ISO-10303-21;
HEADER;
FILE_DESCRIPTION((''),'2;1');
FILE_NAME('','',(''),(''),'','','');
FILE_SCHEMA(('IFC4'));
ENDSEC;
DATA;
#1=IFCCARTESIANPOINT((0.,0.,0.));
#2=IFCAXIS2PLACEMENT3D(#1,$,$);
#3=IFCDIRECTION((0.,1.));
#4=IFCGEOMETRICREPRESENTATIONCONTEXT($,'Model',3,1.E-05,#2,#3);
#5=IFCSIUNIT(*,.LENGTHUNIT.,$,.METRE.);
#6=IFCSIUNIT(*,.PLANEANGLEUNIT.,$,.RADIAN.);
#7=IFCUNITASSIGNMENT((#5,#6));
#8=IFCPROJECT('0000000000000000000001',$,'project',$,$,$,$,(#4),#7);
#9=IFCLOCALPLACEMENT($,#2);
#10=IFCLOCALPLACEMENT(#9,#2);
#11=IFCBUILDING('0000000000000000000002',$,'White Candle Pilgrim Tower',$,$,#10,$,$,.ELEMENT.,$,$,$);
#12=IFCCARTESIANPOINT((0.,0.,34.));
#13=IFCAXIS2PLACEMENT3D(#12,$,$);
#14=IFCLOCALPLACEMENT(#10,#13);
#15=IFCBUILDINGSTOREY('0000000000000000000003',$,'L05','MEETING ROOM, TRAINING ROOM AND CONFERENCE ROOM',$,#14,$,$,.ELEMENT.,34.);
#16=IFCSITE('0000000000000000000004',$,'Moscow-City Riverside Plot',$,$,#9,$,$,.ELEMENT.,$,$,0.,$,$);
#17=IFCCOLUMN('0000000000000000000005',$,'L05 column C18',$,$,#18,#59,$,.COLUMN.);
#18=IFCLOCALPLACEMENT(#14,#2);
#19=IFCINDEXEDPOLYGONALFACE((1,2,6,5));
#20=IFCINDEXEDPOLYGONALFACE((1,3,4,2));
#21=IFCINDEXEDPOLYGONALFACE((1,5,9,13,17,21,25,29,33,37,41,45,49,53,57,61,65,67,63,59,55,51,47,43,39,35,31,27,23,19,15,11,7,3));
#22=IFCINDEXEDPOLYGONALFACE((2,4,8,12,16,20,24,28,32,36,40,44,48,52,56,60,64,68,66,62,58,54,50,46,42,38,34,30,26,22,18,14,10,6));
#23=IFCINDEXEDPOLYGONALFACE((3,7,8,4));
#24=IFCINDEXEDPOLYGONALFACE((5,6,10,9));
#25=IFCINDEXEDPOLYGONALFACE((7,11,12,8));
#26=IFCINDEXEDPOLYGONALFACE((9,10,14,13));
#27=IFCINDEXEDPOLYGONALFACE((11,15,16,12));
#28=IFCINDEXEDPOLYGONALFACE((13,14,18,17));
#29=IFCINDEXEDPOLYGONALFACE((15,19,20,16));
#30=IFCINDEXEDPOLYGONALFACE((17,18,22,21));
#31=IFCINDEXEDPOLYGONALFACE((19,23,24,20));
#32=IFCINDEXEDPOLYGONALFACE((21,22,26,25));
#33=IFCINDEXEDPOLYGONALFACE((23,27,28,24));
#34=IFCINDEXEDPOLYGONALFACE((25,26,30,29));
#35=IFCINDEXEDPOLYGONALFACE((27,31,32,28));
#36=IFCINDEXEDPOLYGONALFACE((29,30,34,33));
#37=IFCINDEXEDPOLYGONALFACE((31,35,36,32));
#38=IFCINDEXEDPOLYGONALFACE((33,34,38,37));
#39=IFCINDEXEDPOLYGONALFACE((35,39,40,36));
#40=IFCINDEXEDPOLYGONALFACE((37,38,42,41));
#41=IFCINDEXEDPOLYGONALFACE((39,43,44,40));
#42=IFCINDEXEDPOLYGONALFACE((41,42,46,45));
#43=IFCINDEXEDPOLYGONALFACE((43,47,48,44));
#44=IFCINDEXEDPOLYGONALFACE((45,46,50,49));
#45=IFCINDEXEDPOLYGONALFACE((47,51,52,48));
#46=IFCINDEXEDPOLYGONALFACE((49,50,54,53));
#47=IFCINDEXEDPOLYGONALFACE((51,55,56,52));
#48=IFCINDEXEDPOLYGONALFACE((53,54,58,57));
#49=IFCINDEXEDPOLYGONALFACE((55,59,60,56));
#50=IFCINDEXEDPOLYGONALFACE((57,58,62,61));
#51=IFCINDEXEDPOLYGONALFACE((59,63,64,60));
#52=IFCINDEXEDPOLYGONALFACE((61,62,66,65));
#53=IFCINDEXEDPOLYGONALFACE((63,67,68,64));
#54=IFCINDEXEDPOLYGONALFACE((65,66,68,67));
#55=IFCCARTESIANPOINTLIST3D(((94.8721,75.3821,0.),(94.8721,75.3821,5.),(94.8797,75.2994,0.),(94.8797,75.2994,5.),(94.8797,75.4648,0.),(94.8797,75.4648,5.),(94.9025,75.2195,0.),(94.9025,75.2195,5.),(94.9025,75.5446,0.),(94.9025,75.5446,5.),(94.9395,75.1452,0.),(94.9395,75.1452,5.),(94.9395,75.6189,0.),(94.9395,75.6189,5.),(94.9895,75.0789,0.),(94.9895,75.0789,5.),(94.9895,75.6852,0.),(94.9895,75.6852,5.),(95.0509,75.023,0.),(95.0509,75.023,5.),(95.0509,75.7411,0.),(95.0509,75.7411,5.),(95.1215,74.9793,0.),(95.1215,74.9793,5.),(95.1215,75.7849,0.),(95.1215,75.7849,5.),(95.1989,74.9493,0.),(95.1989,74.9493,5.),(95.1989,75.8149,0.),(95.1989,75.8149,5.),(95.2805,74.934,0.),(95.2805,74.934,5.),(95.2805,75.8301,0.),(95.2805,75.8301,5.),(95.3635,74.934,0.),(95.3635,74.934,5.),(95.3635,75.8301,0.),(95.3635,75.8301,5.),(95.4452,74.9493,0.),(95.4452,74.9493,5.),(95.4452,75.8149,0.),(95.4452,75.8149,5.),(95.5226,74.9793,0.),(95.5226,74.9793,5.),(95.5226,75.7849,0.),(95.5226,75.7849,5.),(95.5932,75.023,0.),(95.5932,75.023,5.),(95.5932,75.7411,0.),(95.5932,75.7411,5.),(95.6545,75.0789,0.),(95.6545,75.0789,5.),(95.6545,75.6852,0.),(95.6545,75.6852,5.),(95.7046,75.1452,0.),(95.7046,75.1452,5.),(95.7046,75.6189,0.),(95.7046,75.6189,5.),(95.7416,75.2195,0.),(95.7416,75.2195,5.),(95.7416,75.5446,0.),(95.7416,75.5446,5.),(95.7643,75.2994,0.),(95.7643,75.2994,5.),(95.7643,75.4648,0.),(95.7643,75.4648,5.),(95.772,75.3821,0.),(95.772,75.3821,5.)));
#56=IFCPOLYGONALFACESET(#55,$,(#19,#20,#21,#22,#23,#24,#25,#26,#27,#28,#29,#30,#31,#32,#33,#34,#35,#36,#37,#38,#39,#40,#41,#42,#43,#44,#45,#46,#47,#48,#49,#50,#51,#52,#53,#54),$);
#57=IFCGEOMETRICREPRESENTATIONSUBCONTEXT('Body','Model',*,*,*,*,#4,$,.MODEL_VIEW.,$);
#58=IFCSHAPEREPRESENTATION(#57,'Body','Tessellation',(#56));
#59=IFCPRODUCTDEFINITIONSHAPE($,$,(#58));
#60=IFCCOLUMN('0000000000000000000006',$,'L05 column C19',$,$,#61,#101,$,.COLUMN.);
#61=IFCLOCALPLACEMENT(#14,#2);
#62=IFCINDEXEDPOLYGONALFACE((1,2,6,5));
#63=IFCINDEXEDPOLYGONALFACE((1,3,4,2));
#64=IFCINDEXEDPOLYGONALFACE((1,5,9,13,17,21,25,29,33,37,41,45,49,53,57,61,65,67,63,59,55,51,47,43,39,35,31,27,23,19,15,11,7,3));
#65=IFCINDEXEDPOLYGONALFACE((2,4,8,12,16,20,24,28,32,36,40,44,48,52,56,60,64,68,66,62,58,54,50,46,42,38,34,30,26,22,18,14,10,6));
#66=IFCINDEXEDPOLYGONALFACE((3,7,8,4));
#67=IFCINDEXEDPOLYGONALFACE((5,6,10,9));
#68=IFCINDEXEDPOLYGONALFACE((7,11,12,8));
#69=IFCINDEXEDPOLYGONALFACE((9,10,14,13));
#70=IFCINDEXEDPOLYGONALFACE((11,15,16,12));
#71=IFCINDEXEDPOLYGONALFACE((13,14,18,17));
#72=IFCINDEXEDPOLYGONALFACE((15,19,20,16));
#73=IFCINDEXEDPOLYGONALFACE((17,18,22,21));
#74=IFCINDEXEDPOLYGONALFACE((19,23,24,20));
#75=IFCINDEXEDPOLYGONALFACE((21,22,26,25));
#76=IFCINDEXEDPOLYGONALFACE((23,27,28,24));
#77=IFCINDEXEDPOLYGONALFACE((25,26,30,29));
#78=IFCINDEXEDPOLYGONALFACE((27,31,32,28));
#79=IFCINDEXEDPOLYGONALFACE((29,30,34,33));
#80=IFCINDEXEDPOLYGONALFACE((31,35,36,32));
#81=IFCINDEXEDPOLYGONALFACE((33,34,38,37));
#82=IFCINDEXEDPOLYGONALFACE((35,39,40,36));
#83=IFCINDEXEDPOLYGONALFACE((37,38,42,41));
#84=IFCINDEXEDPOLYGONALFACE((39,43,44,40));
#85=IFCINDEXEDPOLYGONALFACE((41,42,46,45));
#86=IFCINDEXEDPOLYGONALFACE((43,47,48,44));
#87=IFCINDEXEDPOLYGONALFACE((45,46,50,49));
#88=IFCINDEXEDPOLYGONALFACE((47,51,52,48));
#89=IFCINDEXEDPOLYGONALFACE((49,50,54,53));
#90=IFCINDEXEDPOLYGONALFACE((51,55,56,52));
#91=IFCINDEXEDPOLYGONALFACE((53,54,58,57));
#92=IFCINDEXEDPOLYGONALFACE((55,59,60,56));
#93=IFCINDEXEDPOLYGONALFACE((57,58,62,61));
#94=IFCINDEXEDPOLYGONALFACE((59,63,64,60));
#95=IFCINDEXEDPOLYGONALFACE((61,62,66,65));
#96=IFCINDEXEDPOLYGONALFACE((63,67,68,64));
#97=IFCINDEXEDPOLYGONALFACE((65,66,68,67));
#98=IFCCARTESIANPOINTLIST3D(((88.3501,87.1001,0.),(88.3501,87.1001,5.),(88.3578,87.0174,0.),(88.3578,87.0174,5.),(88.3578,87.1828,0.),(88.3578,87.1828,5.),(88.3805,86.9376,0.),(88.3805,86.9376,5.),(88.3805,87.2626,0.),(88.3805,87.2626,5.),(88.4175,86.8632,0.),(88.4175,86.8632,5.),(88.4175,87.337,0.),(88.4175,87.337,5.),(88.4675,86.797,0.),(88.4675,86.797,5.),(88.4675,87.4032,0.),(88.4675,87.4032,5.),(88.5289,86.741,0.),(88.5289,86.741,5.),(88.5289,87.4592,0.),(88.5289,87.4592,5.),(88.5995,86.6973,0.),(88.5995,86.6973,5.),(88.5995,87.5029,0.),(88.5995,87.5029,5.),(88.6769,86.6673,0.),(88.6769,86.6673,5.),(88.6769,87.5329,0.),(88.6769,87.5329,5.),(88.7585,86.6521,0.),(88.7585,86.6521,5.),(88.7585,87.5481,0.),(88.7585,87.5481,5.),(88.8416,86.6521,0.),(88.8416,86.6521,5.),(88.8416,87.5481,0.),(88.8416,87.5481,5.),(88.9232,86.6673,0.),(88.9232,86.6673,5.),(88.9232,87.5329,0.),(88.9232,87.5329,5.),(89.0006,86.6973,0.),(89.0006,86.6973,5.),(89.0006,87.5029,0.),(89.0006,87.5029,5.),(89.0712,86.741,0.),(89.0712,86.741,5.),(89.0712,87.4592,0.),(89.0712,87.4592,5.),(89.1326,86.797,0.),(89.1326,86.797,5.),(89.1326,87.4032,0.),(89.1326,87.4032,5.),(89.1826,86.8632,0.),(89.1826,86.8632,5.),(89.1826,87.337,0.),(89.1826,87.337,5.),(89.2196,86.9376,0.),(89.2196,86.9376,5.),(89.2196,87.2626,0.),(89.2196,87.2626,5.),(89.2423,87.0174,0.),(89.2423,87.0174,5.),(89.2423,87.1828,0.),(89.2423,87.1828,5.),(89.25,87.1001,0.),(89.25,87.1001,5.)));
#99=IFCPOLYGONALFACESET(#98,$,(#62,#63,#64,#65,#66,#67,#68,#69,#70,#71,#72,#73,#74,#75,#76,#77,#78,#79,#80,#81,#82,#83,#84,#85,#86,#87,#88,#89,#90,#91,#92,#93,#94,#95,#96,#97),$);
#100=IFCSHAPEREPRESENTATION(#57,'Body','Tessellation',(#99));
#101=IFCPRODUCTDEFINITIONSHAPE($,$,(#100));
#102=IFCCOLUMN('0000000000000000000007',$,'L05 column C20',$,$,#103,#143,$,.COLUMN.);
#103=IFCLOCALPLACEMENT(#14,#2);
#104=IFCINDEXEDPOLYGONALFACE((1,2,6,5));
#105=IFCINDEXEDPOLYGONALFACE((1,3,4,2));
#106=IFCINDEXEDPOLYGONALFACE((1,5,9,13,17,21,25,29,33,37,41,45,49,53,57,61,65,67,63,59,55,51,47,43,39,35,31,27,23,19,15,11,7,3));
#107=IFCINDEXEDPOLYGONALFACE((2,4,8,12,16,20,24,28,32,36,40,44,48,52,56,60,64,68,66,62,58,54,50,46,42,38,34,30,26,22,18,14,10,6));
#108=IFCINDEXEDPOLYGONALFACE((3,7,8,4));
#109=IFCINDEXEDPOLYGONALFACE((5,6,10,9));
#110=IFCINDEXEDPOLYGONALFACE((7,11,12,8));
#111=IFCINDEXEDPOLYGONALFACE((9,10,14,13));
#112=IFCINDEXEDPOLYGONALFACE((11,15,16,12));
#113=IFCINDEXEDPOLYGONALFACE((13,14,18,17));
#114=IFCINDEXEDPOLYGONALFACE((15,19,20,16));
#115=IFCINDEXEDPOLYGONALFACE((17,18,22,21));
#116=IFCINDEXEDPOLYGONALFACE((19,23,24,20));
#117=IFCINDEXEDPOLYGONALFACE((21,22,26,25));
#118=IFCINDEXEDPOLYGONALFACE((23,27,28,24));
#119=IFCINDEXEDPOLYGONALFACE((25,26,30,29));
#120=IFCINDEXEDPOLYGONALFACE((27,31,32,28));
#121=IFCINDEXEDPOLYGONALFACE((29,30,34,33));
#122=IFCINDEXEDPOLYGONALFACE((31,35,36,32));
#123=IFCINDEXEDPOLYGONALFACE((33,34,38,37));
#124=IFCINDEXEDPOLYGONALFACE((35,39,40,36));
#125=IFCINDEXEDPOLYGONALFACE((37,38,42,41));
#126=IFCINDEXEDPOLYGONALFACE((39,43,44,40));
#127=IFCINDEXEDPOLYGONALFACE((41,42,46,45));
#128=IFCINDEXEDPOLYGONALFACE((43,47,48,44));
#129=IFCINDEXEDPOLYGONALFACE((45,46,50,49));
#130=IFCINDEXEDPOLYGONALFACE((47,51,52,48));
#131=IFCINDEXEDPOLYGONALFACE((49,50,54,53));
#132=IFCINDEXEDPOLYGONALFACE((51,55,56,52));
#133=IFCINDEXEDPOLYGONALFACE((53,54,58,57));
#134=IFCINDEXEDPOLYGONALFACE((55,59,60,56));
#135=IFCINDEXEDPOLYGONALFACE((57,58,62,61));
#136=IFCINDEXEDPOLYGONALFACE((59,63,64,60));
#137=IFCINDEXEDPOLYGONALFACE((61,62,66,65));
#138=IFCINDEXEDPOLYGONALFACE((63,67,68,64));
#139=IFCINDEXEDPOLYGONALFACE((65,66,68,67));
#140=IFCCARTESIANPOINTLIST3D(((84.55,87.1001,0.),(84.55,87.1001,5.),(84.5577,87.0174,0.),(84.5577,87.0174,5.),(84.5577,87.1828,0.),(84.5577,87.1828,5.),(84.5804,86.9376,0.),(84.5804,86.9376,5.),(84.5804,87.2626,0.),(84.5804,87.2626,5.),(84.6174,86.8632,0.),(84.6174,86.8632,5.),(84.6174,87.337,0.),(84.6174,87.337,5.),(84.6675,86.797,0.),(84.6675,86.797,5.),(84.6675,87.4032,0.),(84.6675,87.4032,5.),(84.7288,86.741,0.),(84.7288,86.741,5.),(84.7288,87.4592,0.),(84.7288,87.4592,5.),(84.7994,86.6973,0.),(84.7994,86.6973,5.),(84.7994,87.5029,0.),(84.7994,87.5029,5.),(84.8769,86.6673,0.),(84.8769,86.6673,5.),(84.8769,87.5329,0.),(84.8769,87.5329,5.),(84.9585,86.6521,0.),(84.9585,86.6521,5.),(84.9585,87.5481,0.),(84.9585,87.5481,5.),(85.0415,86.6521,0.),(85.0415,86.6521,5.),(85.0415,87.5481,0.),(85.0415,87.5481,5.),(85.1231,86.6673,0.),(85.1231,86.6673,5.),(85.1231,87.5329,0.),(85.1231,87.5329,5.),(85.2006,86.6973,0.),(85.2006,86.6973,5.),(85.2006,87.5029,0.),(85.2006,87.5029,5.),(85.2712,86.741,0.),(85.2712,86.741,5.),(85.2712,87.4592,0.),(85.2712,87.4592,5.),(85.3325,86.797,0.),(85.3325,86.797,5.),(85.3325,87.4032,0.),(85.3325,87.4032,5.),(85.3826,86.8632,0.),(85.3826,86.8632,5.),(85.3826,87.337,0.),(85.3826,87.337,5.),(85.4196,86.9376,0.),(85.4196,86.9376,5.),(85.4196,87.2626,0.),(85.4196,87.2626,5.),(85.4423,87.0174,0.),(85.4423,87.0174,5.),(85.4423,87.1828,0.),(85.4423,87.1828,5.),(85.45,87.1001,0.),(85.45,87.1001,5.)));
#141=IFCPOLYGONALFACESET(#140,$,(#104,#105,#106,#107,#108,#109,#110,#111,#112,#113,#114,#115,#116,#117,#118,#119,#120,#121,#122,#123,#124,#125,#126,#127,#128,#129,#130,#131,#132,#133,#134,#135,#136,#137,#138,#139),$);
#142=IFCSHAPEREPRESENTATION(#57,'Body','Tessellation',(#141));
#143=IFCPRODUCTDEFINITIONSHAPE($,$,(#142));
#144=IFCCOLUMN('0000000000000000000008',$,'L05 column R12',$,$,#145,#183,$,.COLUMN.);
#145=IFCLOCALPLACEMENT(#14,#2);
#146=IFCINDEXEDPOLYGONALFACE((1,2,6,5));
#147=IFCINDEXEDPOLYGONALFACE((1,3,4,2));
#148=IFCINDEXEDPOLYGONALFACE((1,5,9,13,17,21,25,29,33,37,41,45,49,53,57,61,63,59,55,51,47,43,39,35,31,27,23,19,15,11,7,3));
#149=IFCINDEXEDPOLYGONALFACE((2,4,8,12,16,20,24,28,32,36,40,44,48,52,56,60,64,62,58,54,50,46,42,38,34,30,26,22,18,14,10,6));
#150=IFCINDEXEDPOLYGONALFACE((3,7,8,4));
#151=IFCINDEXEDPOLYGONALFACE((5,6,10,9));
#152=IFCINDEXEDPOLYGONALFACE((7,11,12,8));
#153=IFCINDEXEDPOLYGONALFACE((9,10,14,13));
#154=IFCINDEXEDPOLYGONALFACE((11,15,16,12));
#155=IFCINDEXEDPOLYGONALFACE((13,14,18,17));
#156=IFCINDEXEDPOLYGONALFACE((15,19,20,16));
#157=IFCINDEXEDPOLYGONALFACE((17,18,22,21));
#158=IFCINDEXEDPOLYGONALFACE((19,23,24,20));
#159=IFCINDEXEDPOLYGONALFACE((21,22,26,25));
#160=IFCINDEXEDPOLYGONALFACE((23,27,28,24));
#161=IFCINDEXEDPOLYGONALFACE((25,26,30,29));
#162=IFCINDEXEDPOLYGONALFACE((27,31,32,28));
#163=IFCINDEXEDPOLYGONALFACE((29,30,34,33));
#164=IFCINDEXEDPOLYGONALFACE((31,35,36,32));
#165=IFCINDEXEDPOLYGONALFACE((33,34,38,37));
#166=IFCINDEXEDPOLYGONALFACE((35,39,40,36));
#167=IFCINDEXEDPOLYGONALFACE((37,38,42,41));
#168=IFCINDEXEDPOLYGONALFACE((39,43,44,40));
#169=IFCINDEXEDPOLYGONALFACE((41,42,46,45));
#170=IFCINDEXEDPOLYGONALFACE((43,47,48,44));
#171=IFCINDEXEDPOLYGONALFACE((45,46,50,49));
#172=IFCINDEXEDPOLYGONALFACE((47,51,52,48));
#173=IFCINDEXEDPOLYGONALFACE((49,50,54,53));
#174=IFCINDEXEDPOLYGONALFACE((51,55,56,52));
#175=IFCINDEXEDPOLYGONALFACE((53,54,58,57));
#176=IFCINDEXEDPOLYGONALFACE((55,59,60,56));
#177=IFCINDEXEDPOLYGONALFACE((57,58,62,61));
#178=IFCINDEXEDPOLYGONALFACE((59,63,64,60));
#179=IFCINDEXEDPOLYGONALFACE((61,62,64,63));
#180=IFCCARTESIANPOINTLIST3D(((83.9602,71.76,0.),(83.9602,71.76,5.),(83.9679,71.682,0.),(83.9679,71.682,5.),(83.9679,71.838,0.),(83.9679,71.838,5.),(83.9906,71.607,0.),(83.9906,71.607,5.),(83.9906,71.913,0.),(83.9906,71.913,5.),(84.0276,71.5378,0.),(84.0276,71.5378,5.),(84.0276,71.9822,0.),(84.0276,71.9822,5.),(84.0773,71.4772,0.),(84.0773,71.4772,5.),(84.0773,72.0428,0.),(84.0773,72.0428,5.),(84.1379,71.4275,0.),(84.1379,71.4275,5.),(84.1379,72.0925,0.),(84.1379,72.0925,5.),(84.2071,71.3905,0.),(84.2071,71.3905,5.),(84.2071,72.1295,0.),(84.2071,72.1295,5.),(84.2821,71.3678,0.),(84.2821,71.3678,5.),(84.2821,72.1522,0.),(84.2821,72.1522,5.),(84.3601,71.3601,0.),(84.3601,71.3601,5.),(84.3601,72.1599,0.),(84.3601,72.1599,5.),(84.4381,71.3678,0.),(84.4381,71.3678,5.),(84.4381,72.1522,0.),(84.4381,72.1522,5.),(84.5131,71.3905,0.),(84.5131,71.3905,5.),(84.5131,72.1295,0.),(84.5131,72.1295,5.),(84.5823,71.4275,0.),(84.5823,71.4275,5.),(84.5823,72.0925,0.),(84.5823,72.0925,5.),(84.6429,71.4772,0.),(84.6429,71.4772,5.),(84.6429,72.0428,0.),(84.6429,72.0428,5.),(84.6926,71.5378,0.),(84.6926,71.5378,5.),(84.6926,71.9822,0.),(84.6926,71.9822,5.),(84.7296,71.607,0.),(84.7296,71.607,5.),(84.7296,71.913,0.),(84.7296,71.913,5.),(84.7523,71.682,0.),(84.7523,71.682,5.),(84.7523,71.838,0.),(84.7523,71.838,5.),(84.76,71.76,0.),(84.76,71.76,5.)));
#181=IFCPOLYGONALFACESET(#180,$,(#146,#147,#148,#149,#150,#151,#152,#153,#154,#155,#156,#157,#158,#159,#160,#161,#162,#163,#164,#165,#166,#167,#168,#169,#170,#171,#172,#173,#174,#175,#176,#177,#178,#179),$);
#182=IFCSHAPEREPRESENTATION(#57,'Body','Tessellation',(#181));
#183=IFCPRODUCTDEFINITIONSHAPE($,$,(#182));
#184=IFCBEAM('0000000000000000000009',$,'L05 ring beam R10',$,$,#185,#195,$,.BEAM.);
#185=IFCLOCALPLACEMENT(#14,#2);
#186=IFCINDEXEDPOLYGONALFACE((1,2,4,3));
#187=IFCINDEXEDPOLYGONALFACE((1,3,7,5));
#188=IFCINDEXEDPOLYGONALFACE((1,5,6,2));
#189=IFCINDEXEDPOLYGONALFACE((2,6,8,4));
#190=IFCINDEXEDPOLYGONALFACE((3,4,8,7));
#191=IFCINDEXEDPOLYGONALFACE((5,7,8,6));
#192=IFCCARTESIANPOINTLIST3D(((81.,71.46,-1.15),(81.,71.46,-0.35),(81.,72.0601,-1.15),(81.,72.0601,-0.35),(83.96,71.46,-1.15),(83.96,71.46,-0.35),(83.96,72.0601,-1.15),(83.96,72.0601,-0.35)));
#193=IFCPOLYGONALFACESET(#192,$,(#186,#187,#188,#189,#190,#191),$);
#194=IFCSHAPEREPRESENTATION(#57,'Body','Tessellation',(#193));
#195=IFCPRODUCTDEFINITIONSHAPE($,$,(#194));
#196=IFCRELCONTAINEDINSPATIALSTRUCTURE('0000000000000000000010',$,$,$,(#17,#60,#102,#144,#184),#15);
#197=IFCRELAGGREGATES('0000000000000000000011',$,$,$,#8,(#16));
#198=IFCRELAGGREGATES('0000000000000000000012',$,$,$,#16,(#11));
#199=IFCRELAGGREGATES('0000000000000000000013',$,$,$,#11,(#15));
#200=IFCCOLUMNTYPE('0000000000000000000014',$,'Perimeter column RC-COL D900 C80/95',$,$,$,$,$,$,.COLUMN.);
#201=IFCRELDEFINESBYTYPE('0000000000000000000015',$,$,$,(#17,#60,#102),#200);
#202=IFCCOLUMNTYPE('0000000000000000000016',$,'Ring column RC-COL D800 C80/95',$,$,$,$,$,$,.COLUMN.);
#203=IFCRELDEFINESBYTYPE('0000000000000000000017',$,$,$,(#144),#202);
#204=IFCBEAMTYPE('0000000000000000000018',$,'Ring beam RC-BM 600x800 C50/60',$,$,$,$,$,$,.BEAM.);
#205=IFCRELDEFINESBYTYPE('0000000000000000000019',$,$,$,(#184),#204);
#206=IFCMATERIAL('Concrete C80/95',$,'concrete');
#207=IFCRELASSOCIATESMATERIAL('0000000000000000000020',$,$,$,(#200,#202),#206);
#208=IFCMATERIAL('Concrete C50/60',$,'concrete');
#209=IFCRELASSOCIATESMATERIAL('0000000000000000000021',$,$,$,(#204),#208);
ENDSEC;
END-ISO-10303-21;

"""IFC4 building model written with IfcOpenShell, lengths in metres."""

from ifc_helpers import new_model, si_unit, direction, frame, origin, origin_2d, place, context, subcontext, project, spatial, rectangle, circle, extrude, material, material_profile, profile_set, type_object, element, save


model = new_model("IFC4")

# Units and contexts
model_context = context("Model", 3, precision=1e-05, world=origin(), true_north=direction((0.0, 1.0)))
body_context = subcontext(model_context, "Body", "Model", "MODEL_VIEW")
ifc_project = project(units=[si_unit("LENGTHUNIT", "METRE"), si_unit("PLANEANGLEUNIT", "RADIAN")], contexts=[model_context])

# Site, building, storey
site_placement = place(None, origin())
site = spatial("IfcSite", under=ifc_project, at=site_placement, Name="Moscow-City Riverside Plot", CompositionType="ELEMENT", RefElevation=0.0)
building_placement = place(site_placement, origin())
building = spatial("IfcBuilding", under=site, at=building_placement, Name="White Candle Pilgrim Tower", CompositionType="ELEMENT")
storey_placement = place(building_placement, frame((0.0, 0.0, 34.0)))
storey = spatial("IfcBuildingStorey", under=building, at=storey_placement, Name="L05", Description="MEETING ROOM, TRAINING ROOM AND CONFERENCE ROOM", CompositionType="ELEMENT", Elevation=34.0)

# Columns
ifc_material_1 = material(Name="Concrete C80/95", Category="concrete")
ifc_material_profile_1 = material_profile(ifc_material_1, circle(Radius=0.45, at=origin_2d()), Name="RC-COL D900")
ifc_profile_set_1 = profile_set([ifc_material_profile_1], Name="Concrete C80/95")
column_type_1 = type_object("IfcColumnType", Name="Perimeter column RC-COL D900 C80/95", PredefinedType="COLUMN", material=ifc_profile_set_1)
for number, where, z_axis, x_axis, name in (
    (1, (95.322, 75.3821, 0.0), (0.0, 0.0, 1.0), (1.0, 0.0, 0.0), "L05 column C18"),
    (2, (88.8, 87.1001, 0.0), (0.0, 0.0, 1.0), (1.0, 0.0, 0.0), "L05 column C19"),
    (3, (85.0, 87.1001, 0.0), (0.0, 0.0, 1.0), (1.0, 0.0, 0.0), "L05 column C20"),
):
    element("IfcColumn", number, at=place(storey_placement, frame(where, z_axis=z_axis, x_axis=x_axis)), inside=storey, type_object=column_type_1, Name=name, PredefinedType="COLUMN", context=body_context, shape_type="SweptSolid", body=[
        extrude(circle(Radius=0.45, at=origin_2d()), origin(), (0.0, 0.0, 1.0), 5.0),
    ])
ifc_material_profile_2 = material_profile(ifc_material_1, circle(Radius=0.3999, at=origin_2d()), Name="RC-COL D800")
ifc_profile_set_2 = profile_set([ifc_material_profile_2], Name="Concrete C80/95")
column_type_2 = type_object("IfcColumnType", Name="Ring column RC-COL D800 C80/95", PredefinedType="COLUMN", material=ifc_profile_set_2)
column_placement = place(storey_placement, frame((84.3601, 71.76, 0.0), z_axis=(0.0, 0.0, 1.0), x_axis=(1.0, 0.0, 0.0)))
element("IfcColumn", 4, at=column_placement, inside=storey, type_object=column_type_2, Name="L05 column R12", PredefinedType="COLUMN", context=body_context, shape_type="SweptSolid", body=[
    extrude(circle(Radius=0.3999, at=origin_2d()), origin(), (0.0, 0.0, 1.0), 5.0),
])

# Beam
ifc_material_2 = material(Name="Concrete C50/60", Category="concrete")
ifc_material_profile_3 = material_profile(ifc_material_2, rectangle(XDim=0.6001, YDim=0.8, at=origin_2d()), Name="RC-BM 600x800")
ifc_profile_set_3 = profile_set([ifc_material_profile_3], Name="Concrete C50/60")
beam_type_1 = type_object("IfcBeamType", Name="Ring beam RC-BM 600x800 C50/60", PredefinedType="BEAM", material=ifc_profile_set_3)
beam_1_placement = place(storey_placement, frame((83.96, 71.76, -0.75), z_axis=(-1.0, 0.0, 0.0), x_axis=(0.0, -1.0, 0.0)))
element("IfcBeam", 5, at=beam_1_placement, inside=storey, type_object=beam_type_1, Name="L05 ring beam R10", PredefinedType="BEAM", context=body_context, shape_type="SweptSolid", body=[
    extrude(rectangle(XDim=0.6001, YDim=0.8, at=origin_2d()), origin(), (0.0, 0.0, 1.0), 2.96),
])

save(model, "model.ifc")
